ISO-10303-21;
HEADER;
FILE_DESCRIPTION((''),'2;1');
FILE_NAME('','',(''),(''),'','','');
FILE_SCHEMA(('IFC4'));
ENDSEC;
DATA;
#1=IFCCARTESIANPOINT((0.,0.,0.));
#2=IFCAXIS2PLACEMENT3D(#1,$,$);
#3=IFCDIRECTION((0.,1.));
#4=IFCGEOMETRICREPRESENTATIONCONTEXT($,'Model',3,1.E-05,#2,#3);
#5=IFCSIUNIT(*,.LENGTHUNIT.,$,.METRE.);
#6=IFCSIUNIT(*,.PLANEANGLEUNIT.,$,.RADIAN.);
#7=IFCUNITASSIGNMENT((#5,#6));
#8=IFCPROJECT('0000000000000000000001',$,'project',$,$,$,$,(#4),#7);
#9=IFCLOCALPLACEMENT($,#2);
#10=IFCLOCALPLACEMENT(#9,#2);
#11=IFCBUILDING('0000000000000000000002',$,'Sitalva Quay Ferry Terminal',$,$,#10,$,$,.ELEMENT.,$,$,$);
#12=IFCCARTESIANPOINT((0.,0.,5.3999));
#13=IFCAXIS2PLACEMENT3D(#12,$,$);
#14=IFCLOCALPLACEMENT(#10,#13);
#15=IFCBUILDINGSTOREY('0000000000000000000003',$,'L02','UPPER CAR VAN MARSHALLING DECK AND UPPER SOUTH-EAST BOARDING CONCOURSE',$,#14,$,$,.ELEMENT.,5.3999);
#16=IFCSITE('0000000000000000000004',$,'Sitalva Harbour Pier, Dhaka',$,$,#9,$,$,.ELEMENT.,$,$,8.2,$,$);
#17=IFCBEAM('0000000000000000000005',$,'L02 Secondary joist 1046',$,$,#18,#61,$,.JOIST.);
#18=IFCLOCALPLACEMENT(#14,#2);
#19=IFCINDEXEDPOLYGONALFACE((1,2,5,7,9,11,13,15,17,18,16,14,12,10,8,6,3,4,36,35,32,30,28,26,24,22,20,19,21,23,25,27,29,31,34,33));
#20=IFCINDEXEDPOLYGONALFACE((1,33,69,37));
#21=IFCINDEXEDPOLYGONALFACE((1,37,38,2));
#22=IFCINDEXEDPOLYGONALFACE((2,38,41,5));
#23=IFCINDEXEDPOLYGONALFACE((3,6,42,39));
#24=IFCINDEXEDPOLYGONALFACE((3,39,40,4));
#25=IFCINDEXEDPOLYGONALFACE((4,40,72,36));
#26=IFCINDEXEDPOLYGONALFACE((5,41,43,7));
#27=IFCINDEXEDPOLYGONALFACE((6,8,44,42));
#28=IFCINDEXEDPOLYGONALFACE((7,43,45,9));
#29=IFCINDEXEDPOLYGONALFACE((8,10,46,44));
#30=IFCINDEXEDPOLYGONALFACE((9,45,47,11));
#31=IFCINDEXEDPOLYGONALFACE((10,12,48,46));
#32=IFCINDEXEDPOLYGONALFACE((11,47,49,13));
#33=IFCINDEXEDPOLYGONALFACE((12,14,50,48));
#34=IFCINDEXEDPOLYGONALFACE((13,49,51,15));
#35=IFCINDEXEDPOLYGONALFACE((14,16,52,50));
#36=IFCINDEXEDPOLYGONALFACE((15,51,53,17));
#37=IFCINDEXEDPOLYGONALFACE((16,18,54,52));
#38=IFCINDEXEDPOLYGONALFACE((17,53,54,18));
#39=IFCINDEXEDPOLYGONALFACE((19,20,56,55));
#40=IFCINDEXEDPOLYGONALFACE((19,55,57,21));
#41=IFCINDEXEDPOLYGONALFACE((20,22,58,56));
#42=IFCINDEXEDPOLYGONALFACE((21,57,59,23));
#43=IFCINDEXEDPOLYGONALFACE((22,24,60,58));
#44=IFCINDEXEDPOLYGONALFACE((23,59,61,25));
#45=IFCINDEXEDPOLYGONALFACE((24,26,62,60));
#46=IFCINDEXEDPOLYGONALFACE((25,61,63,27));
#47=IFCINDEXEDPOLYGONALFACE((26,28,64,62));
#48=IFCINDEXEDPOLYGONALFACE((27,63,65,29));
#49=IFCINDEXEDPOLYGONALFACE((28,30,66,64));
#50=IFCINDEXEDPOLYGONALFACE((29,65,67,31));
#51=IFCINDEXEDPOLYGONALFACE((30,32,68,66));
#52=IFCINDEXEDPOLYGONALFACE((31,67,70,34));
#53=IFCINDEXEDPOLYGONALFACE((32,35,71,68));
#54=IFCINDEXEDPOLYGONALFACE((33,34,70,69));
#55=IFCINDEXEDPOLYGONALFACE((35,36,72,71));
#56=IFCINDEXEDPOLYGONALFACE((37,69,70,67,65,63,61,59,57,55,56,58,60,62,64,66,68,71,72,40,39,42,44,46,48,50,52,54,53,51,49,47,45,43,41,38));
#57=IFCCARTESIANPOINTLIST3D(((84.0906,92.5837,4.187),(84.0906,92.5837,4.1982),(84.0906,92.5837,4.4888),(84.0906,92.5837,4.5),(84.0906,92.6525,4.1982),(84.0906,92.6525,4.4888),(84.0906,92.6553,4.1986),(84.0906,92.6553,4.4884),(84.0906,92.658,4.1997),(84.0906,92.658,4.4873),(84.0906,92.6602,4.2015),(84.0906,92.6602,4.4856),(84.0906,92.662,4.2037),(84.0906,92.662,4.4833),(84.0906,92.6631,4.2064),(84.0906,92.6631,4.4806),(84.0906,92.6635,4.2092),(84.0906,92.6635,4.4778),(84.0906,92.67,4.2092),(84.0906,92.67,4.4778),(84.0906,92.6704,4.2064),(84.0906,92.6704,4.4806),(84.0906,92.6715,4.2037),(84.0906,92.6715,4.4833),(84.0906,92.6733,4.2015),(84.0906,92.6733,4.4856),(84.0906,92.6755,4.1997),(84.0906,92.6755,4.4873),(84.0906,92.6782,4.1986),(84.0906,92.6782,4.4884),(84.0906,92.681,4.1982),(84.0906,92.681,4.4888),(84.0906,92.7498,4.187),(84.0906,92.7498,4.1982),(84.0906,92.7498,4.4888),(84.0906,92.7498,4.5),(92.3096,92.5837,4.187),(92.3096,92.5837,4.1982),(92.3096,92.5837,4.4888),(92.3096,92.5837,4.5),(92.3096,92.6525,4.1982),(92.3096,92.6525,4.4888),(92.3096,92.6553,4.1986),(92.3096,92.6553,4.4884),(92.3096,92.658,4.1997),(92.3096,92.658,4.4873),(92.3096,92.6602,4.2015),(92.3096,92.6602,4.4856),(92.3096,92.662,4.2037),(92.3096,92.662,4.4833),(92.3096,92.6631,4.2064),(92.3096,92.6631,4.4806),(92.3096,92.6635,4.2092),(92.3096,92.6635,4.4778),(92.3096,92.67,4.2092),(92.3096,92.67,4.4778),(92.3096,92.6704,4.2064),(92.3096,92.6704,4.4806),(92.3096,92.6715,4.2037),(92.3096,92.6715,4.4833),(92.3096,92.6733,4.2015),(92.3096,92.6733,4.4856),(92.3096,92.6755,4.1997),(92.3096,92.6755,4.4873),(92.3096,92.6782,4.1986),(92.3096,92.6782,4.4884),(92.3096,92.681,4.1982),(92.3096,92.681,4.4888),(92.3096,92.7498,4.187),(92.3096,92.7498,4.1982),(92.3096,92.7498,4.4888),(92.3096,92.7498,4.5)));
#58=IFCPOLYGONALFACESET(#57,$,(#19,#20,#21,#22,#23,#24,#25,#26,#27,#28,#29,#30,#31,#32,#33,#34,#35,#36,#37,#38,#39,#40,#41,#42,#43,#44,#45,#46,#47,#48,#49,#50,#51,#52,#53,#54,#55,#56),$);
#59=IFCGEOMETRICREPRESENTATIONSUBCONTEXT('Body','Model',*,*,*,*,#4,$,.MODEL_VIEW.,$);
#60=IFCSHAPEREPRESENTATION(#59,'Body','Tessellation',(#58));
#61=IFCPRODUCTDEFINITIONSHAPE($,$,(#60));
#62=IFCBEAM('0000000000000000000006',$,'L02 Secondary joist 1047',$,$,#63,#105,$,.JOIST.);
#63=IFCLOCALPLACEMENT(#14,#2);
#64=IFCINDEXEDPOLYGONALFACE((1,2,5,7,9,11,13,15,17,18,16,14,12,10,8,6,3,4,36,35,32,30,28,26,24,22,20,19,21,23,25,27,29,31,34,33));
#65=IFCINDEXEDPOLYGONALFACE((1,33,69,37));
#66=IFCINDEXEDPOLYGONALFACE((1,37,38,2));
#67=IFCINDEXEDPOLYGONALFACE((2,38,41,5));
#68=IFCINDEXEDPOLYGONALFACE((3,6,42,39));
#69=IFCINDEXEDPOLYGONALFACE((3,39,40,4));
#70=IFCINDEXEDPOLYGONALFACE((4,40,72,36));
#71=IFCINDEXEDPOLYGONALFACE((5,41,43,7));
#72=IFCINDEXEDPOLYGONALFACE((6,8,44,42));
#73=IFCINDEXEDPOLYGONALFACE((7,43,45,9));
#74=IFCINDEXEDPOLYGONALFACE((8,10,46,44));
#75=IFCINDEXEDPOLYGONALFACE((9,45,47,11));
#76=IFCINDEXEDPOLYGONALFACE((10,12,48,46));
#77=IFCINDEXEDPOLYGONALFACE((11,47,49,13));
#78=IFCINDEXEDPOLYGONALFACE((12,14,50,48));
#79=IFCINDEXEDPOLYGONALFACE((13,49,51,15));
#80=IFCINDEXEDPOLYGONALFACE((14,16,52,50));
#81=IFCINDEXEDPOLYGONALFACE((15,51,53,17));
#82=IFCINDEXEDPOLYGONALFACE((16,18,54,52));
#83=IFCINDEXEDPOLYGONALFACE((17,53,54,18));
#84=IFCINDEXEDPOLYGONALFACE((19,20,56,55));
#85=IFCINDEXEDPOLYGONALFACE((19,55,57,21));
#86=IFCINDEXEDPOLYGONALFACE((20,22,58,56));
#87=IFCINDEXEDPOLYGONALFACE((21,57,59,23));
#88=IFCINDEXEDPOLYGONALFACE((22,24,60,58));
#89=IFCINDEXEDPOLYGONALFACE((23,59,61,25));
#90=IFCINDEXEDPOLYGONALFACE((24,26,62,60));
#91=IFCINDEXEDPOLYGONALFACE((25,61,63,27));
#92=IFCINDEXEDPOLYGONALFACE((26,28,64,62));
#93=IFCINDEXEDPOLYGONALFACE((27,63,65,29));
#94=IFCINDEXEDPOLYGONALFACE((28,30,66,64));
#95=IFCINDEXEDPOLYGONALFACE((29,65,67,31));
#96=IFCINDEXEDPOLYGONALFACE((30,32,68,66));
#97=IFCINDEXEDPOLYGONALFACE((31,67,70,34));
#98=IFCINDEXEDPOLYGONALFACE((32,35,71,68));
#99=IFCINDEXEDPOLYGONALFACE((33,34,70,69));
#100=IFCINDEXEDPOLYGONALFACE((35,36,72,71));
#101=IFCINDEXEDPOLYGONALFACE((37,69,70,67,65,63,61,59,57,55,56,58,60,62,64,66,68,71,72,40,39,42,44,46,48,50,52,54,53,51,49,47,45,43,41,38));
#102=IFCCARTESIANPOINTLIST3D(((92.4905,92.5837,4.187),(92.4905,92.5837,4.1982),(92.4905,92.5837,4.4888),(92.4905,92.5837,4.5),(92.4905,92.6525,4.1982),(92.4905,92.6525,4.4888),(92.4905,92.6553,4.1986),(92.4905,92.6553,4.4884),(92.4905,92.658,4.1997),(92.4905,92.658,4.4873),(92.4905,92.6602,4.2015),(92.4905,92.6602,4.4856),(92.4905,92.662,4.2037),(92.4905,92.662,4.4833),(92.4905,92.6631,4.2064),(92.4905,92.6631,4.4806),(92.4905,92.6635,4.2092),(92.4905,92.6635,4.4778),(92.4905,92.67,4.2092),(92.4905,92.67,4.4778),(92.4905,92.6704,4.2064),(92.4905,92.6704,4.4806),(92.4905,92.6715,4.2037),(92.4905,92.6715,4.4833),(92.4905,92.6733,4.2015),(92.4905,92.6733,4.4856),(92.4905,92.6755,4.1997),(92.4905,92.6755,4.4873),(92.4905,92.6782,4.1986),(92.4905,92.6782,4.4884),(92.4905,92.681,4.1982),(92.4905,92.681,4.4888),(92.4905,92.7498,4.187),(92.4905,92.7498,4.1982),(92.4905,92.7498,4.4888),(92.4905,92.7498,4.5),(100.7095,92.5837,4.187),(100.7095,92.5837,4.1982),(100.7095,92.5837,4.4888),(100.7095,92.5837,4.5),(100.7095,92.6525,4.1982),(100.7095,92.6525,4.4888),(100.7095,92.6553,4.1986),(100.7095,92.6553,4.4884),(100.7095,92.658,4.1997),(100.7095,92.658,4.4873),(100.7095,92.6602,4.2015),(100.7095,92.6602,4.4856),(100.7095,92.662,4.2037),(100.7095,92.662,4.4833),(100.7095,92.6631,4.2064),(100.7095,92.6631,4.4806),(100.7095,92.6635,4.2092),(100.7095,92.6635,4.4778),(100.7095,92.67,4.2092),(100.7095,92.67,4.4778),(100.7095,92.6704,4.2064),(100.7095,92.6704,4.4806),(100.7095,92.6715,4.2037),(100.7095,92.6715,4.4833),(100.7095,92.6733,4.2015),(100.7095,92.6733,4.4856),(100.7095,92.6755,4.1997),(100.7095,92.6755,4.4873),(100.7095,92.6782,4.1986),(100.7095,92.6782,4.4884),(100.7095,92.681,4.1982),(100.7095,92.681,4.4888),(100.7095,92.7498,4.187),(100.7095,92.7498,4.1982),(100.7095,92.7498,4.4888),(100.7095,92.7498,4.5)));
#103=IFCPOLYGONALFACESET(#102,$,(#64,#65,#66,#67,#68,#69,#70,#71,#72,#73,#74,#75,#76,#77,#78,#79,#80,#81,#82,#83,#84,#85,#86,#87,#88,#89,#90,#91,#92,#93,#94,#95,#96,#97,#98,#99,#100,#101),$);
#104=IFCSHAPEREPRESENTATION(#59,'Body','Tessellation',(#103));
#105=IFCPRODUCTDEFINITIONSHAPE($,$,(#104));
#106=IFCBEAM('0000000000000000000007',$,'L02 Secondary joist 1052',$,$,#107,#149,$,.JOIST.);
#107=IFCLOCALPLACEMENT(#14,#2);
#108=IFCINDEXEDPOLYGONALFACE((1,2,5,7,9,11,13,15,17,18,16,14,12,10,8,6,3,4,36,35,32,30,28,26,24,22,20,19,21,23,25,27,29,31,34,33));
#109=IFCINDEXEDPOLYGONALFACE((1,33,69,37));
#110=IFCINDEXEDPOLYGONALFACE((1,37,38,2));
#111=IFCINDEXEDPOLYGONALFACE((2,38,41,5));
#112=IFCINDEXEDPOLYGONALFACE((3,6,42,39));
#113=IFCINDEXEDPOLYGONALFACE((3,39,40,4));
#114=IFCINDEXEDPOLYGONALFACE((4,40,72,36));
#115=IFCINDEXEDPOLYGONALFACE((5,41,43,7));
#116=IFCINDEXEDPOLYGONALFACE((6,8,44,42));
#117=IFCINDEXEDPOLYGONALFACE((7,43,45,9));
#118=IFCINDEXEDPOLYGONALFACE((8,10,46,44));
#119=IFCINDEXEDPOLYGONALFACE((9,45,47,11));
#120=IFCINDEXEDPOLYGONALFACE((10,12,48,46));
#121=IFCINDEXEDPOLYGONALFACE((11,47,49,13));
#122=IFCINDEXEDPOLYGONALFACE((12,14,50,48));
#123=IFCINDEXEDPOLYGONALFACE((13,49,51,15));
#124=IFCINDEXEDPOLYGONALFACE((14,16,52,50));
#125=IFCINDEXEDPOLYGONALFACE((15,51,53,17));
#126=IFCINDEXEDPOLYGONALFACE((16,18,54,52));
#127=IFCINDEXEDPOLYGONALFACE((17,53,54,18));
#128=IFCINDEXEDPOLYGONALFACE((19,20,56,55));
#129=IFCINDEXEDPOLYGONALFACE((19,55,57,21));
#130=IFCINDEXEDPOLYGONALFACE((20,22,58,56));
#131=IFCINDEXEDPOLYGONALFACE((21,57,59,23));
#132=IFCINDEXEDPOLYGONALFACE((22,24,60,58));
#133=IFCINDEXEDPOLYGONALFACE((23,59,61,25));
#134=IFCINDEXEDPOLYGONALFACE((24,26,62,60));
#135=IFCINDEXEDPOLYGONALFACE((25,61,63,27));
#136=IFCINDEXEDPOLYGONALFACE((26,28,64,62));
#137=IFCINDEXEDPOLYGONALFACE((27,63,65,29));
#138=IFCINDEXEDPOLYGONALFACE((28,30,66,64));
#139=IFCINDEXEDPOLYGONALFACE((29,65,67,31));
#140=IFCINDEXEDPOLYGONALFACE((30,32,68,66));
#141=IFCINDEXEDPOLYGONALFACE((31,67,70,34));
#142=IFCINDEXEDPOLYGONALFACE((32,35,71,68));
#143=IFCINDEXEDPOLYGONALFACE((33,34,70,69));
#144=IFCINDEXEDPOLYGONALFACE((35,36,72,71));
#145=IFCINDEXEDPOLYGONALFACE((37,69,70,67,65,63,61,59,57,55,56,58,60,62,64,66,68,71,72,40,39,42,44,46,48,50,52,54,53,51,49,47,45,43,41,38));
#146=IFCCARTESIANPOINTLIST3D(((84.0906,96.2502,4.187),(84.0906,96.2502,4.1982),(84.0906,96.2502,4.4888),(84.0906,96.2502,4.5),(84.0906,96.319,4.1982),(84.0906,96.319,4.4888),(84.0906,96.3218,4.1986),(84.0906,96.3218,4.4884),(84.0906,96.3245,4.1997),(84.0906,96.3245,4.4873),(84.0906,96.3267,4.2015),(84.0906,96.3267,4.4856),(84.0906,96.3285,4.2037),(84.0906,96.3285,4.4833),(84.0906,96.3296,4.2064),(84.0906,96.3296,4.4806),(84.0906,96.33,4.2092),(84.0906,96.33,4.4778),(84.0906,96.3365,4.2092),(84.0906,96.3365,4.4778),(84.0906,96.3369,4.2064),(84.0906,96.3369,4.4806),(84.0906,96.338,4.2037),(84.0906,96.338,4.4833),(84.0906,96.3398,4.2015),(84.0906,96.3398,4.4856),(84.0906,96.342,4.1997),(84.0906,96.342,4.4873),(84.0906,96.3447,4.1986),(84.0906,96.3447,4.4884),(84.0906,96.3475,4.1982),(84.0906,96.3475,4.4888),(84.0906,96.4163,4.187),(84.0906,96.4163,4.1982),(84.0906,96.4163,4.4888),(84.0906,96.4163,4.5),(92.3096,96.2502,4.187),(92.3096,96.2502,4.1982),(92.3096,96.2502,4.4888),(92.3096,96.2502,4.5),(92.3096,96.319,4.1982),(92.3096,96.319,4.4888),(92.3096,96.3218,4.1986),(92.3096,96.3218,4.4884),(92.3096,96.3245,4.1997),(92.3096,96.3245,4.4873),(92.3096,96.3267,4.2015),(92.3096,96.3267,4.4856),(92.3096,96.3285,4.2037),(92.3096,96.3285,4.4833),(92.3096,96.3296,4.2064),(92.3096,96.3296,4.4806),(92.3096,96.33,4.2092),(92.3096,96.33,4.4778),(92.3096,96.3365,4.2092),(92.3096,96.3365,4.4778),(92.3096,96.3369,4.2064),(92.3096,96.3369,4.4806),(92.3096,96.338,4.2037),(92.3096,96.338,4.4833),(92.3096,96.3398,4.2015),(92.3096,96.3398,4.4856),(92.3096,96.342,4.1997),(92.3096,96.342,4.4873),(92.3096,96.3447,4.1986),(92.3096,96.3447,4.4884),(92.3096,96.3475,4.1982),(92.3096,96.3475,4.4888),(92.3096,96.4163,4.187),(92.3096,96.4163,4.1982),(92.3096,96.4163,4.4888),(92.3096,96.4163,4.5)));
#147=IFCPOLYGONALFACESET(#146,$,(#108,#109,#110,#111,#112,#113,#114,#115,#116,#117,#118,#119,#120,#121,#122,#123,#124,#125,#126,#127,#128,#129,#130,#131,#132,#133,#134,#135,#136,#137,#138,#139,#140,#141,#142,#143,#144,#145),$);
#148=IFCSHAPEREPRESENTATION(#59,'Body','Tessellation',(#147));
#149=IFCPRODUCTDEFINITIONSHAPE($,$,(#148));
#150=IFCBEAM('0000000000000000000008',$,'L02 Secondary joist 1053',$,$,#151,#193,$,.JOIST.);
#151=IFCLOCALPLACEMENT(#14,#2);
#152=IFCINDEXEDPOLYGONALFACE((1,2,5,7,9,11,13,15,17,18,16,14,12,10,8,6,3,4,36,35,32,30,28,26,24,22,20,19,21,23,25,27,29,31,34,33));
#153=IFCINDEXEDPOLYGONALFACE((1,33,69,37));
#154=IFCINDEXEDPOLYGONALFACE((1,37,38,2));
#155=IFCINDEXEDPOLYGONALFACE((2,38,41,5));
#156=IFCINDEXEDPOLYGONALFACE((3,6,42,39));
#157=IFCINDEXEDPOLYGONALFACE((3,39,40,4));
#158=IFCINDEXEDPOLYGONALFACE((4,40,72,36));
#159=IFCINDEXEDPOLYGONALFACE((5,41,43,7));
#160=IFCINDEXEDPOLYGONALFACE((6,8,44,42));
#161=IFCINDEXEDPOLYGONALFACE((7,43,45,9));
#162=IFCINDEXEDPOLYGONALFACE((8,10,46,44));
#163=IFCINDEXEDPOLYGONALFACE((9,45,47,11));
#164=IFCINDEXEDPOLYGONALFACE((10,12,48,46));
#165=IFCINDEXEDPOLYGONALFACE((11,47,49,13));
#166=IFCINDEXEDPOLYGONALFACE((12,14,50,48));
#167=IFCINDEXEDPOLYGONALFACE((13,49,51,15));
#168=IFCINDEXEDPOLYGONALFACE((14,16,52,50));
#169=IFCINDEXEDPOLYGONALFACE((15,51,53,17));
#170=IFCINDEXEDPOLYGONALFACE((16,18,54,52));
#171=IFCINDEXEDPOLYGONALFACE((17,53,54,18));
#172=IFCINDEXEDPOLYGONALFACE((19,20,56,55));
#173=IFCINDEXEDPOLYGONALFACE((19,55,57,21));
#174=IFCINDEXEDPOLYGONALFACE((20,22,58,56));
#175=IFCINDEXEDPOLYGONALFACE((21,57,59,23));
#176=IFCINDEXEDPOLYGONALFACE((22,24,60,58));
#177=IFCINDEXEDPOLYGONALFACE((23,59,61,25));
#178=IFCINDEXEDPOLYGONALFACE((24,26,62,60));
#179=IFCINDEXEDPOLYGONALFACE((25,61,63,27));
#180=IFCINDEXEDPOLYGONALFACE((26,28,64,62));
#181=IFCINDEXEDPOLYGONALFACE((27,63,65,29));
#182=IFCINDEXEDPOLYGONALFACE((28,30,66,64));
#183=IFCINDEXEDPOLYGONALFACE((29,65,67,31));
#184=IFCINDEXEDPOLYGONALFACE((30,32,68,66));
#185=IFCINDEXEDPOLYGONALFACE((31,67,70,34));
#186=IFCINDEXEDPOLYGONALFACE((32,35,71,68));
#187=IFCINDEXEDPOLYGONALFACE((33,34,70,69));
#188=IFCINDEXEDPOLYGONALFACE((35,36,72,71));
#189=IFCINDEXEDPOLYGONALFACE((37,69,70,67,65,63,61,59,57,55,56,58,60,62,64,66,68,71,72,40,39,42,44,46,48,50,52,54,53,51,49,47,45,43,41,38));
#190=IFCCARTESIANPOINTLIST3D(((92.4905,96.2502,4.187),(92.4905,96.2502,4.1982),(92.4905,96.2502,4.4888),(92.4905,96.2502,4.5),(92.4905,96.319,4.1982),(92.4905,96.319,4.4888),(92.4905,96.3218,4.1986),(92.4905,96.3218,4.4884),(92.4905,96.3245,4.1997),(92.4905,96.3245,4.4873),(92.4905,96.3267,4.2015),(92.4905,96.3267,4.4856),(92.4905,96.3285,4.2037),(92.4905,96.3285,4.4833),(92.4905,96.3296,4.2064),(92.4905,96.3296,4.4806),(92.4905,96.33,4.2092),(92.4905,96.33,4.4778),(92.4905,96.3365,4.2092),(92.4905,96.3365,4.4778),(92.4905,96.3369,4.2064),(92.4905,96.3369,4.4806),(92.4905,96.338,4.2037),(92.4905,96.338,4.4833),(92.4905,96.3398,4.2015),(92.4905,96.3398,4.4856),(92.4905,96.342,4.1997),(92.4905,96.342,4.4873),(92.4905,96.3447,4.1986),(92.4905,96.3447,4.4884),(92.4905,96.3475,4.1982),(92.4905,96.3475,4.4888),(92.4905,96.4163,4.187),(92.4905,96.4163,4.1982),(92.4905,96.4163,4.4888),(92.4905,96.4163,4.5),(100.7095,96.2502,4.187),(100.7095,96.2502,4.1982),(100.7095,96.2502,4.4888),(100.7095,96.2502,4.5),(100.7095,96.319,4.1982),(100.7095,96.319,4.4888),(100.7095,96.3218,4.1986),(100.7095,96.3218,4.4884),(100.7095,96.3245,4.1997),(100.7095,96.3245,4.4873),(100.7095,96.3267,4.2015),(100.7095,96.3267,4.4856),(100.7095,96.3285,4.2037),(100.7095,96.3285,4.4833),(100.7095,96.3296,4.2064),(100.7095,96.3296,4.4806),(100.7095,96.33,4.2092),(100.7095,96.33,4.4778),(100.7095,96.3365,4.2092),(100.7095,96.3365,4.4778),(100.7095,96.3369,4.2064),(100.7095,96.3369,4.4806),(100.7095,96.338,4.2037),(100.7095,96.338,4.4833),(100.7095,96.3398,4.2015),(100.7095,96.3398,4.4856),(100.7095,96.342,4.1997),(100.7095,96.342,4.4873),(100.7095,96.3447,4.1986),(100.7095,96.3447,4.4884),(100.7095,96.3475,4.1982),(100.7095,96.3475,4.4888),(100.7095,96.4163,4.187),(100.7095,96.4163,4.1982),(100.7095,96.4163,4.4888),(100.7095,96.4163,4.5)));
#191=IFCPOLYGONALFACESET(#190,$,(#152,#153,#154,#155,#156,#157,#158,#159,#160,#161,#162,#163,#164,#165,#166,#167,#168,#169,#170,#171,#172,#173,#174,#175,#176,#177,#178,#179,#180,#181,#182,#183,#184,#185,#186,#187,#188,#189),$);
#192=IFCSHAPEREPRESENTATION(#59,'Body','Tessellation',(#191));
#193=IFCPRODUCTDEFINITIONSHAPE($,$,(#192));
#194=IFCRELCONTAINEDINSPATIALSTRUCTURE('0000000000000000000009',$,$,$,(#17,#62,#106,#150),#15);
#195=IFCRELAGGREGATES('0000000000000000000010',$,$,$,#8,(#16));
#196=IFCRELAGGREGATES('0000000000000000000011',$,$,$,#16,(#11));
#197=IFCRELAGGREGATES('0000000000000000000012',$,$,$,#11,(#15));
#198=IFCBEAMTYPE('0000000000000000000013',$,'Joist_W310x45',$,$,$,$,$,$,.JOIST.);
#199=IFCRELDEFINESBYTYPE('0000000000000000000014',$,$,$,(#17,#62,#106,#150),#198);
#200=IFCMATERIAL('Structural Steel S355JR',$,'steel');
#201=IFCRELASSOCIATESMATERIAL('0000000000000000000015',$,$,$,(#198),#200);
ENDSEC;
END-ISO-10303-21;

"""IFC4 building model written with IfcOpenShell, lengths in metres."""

from ifc_helpers import new_model, si_unit, direction, frame, origin, origin_2d, place, context, subcontext, project, spatial, i_section, extrude, material, material_profile, profile_set, type_object, element, save


model = new_model("IFC4")

# Units and contexts
model_context = context("Model", 3, precision=1e-05, world=origin(), true_north=direction((0.0, 1.0)))
body_context = subcontext(model_context, "Body", "Model", "MODEL_VIEW")
ifc_project = project(units=[si_unit("LENGTHUNIT", "METRE"), si_unit("PLANEANGLEUNIT", "RADIAN")], contexts=[model_context])

# Site, building, storey
site_placement = place(None, origin())
site = spatial("IfcSite", under=ifc_project, at=site_placement, Name="Sitalva Harbour Pier, Dhaka", CompositionType="ELEMENT", RefElevation=8.2)
building_placement = place(site_placement, origin())
building = spatial("IfcBuilding", under=site, at=building_placement, Name="Sitalva Quay Ferry Terminal", CompositionType="ELEMENT")
storey_placement = place(building_placement, frame((0.0, 0.0, 5.3999)))
storey = spatial("IfcBuildingStorey", under=building, at=storey_placement, Name="L02", Description="UPPER CAR VAN MARSHALLING DECK AND UPPER SOUTH-EAST BOARDING CONCOURSE", CompositionType="ELEMENT", Elevation=5.3999)

# Beams
ifc_material_1 = material(Name="Structural Steel S355JR", Category="steel")
ifc_material_profile_1 = material_profile(ifc_material_1, i_section(OverallWidth=0.166, OverallDepth=0.313, WebThickness=0.0066, FlangeThickness=0.0112, FilletRadius=0.011, at=origin_2d()), Name="W310x45")
ifc_profile_set_1 = profile_set([ifc_material_profile_1], Name="Structural Steel S355JR")
beam_type_1 = type_object("IfcBeamType", Name="Joist_W310x45", PredefinedType="JOIST", material=ifc_profile_set_1)
for number, where, z_axis, x_axis, name in (
    (1, (84.0906, 92.6667, 4.3435), (1.0, 0.0, 0.0), (0.0, 1.0, 0.0), "L02 Secondary joist 1046"),
    (2, (92.4905, 92.6667, 4.3435), (1.0, 0.0, 0.0), (0.0, 1.0, 0.0), "L02 Secondary joist 1047"),
    (3, (84.0906, 96.3333, 4.3435), (1.0, 0.0, 0.0), (0.0, 1.0, 0.0), "L02 Secondary joist 1052"),
    (4, (92.4905, 96.3333, 4.3435), (1.0, 0.0, 0.0), (0.0, 1.0, 0.0), "L02 Secondary joist 1053"),
):
    element("IfcBeam", number, at=place(storey_placement, frame(where, z_axis=z_axis, x_axis=x_axis)), inside=storey, type_object=beam_type_1, Name=name, PredefinedType="JOIST", context=body_context, shape_type="SweptSolid", body=[
        extrude(i_section(OverallWidth=0.166, OverallDepth=0.313, WebThickness=0.0066, FlangeThickness=0.0112, FilletRadius=0.011, at=origin_2d()), origin(), (0.0, 0.0, 1.0), 8.219),
    ])

save(model, "model.ifc")
